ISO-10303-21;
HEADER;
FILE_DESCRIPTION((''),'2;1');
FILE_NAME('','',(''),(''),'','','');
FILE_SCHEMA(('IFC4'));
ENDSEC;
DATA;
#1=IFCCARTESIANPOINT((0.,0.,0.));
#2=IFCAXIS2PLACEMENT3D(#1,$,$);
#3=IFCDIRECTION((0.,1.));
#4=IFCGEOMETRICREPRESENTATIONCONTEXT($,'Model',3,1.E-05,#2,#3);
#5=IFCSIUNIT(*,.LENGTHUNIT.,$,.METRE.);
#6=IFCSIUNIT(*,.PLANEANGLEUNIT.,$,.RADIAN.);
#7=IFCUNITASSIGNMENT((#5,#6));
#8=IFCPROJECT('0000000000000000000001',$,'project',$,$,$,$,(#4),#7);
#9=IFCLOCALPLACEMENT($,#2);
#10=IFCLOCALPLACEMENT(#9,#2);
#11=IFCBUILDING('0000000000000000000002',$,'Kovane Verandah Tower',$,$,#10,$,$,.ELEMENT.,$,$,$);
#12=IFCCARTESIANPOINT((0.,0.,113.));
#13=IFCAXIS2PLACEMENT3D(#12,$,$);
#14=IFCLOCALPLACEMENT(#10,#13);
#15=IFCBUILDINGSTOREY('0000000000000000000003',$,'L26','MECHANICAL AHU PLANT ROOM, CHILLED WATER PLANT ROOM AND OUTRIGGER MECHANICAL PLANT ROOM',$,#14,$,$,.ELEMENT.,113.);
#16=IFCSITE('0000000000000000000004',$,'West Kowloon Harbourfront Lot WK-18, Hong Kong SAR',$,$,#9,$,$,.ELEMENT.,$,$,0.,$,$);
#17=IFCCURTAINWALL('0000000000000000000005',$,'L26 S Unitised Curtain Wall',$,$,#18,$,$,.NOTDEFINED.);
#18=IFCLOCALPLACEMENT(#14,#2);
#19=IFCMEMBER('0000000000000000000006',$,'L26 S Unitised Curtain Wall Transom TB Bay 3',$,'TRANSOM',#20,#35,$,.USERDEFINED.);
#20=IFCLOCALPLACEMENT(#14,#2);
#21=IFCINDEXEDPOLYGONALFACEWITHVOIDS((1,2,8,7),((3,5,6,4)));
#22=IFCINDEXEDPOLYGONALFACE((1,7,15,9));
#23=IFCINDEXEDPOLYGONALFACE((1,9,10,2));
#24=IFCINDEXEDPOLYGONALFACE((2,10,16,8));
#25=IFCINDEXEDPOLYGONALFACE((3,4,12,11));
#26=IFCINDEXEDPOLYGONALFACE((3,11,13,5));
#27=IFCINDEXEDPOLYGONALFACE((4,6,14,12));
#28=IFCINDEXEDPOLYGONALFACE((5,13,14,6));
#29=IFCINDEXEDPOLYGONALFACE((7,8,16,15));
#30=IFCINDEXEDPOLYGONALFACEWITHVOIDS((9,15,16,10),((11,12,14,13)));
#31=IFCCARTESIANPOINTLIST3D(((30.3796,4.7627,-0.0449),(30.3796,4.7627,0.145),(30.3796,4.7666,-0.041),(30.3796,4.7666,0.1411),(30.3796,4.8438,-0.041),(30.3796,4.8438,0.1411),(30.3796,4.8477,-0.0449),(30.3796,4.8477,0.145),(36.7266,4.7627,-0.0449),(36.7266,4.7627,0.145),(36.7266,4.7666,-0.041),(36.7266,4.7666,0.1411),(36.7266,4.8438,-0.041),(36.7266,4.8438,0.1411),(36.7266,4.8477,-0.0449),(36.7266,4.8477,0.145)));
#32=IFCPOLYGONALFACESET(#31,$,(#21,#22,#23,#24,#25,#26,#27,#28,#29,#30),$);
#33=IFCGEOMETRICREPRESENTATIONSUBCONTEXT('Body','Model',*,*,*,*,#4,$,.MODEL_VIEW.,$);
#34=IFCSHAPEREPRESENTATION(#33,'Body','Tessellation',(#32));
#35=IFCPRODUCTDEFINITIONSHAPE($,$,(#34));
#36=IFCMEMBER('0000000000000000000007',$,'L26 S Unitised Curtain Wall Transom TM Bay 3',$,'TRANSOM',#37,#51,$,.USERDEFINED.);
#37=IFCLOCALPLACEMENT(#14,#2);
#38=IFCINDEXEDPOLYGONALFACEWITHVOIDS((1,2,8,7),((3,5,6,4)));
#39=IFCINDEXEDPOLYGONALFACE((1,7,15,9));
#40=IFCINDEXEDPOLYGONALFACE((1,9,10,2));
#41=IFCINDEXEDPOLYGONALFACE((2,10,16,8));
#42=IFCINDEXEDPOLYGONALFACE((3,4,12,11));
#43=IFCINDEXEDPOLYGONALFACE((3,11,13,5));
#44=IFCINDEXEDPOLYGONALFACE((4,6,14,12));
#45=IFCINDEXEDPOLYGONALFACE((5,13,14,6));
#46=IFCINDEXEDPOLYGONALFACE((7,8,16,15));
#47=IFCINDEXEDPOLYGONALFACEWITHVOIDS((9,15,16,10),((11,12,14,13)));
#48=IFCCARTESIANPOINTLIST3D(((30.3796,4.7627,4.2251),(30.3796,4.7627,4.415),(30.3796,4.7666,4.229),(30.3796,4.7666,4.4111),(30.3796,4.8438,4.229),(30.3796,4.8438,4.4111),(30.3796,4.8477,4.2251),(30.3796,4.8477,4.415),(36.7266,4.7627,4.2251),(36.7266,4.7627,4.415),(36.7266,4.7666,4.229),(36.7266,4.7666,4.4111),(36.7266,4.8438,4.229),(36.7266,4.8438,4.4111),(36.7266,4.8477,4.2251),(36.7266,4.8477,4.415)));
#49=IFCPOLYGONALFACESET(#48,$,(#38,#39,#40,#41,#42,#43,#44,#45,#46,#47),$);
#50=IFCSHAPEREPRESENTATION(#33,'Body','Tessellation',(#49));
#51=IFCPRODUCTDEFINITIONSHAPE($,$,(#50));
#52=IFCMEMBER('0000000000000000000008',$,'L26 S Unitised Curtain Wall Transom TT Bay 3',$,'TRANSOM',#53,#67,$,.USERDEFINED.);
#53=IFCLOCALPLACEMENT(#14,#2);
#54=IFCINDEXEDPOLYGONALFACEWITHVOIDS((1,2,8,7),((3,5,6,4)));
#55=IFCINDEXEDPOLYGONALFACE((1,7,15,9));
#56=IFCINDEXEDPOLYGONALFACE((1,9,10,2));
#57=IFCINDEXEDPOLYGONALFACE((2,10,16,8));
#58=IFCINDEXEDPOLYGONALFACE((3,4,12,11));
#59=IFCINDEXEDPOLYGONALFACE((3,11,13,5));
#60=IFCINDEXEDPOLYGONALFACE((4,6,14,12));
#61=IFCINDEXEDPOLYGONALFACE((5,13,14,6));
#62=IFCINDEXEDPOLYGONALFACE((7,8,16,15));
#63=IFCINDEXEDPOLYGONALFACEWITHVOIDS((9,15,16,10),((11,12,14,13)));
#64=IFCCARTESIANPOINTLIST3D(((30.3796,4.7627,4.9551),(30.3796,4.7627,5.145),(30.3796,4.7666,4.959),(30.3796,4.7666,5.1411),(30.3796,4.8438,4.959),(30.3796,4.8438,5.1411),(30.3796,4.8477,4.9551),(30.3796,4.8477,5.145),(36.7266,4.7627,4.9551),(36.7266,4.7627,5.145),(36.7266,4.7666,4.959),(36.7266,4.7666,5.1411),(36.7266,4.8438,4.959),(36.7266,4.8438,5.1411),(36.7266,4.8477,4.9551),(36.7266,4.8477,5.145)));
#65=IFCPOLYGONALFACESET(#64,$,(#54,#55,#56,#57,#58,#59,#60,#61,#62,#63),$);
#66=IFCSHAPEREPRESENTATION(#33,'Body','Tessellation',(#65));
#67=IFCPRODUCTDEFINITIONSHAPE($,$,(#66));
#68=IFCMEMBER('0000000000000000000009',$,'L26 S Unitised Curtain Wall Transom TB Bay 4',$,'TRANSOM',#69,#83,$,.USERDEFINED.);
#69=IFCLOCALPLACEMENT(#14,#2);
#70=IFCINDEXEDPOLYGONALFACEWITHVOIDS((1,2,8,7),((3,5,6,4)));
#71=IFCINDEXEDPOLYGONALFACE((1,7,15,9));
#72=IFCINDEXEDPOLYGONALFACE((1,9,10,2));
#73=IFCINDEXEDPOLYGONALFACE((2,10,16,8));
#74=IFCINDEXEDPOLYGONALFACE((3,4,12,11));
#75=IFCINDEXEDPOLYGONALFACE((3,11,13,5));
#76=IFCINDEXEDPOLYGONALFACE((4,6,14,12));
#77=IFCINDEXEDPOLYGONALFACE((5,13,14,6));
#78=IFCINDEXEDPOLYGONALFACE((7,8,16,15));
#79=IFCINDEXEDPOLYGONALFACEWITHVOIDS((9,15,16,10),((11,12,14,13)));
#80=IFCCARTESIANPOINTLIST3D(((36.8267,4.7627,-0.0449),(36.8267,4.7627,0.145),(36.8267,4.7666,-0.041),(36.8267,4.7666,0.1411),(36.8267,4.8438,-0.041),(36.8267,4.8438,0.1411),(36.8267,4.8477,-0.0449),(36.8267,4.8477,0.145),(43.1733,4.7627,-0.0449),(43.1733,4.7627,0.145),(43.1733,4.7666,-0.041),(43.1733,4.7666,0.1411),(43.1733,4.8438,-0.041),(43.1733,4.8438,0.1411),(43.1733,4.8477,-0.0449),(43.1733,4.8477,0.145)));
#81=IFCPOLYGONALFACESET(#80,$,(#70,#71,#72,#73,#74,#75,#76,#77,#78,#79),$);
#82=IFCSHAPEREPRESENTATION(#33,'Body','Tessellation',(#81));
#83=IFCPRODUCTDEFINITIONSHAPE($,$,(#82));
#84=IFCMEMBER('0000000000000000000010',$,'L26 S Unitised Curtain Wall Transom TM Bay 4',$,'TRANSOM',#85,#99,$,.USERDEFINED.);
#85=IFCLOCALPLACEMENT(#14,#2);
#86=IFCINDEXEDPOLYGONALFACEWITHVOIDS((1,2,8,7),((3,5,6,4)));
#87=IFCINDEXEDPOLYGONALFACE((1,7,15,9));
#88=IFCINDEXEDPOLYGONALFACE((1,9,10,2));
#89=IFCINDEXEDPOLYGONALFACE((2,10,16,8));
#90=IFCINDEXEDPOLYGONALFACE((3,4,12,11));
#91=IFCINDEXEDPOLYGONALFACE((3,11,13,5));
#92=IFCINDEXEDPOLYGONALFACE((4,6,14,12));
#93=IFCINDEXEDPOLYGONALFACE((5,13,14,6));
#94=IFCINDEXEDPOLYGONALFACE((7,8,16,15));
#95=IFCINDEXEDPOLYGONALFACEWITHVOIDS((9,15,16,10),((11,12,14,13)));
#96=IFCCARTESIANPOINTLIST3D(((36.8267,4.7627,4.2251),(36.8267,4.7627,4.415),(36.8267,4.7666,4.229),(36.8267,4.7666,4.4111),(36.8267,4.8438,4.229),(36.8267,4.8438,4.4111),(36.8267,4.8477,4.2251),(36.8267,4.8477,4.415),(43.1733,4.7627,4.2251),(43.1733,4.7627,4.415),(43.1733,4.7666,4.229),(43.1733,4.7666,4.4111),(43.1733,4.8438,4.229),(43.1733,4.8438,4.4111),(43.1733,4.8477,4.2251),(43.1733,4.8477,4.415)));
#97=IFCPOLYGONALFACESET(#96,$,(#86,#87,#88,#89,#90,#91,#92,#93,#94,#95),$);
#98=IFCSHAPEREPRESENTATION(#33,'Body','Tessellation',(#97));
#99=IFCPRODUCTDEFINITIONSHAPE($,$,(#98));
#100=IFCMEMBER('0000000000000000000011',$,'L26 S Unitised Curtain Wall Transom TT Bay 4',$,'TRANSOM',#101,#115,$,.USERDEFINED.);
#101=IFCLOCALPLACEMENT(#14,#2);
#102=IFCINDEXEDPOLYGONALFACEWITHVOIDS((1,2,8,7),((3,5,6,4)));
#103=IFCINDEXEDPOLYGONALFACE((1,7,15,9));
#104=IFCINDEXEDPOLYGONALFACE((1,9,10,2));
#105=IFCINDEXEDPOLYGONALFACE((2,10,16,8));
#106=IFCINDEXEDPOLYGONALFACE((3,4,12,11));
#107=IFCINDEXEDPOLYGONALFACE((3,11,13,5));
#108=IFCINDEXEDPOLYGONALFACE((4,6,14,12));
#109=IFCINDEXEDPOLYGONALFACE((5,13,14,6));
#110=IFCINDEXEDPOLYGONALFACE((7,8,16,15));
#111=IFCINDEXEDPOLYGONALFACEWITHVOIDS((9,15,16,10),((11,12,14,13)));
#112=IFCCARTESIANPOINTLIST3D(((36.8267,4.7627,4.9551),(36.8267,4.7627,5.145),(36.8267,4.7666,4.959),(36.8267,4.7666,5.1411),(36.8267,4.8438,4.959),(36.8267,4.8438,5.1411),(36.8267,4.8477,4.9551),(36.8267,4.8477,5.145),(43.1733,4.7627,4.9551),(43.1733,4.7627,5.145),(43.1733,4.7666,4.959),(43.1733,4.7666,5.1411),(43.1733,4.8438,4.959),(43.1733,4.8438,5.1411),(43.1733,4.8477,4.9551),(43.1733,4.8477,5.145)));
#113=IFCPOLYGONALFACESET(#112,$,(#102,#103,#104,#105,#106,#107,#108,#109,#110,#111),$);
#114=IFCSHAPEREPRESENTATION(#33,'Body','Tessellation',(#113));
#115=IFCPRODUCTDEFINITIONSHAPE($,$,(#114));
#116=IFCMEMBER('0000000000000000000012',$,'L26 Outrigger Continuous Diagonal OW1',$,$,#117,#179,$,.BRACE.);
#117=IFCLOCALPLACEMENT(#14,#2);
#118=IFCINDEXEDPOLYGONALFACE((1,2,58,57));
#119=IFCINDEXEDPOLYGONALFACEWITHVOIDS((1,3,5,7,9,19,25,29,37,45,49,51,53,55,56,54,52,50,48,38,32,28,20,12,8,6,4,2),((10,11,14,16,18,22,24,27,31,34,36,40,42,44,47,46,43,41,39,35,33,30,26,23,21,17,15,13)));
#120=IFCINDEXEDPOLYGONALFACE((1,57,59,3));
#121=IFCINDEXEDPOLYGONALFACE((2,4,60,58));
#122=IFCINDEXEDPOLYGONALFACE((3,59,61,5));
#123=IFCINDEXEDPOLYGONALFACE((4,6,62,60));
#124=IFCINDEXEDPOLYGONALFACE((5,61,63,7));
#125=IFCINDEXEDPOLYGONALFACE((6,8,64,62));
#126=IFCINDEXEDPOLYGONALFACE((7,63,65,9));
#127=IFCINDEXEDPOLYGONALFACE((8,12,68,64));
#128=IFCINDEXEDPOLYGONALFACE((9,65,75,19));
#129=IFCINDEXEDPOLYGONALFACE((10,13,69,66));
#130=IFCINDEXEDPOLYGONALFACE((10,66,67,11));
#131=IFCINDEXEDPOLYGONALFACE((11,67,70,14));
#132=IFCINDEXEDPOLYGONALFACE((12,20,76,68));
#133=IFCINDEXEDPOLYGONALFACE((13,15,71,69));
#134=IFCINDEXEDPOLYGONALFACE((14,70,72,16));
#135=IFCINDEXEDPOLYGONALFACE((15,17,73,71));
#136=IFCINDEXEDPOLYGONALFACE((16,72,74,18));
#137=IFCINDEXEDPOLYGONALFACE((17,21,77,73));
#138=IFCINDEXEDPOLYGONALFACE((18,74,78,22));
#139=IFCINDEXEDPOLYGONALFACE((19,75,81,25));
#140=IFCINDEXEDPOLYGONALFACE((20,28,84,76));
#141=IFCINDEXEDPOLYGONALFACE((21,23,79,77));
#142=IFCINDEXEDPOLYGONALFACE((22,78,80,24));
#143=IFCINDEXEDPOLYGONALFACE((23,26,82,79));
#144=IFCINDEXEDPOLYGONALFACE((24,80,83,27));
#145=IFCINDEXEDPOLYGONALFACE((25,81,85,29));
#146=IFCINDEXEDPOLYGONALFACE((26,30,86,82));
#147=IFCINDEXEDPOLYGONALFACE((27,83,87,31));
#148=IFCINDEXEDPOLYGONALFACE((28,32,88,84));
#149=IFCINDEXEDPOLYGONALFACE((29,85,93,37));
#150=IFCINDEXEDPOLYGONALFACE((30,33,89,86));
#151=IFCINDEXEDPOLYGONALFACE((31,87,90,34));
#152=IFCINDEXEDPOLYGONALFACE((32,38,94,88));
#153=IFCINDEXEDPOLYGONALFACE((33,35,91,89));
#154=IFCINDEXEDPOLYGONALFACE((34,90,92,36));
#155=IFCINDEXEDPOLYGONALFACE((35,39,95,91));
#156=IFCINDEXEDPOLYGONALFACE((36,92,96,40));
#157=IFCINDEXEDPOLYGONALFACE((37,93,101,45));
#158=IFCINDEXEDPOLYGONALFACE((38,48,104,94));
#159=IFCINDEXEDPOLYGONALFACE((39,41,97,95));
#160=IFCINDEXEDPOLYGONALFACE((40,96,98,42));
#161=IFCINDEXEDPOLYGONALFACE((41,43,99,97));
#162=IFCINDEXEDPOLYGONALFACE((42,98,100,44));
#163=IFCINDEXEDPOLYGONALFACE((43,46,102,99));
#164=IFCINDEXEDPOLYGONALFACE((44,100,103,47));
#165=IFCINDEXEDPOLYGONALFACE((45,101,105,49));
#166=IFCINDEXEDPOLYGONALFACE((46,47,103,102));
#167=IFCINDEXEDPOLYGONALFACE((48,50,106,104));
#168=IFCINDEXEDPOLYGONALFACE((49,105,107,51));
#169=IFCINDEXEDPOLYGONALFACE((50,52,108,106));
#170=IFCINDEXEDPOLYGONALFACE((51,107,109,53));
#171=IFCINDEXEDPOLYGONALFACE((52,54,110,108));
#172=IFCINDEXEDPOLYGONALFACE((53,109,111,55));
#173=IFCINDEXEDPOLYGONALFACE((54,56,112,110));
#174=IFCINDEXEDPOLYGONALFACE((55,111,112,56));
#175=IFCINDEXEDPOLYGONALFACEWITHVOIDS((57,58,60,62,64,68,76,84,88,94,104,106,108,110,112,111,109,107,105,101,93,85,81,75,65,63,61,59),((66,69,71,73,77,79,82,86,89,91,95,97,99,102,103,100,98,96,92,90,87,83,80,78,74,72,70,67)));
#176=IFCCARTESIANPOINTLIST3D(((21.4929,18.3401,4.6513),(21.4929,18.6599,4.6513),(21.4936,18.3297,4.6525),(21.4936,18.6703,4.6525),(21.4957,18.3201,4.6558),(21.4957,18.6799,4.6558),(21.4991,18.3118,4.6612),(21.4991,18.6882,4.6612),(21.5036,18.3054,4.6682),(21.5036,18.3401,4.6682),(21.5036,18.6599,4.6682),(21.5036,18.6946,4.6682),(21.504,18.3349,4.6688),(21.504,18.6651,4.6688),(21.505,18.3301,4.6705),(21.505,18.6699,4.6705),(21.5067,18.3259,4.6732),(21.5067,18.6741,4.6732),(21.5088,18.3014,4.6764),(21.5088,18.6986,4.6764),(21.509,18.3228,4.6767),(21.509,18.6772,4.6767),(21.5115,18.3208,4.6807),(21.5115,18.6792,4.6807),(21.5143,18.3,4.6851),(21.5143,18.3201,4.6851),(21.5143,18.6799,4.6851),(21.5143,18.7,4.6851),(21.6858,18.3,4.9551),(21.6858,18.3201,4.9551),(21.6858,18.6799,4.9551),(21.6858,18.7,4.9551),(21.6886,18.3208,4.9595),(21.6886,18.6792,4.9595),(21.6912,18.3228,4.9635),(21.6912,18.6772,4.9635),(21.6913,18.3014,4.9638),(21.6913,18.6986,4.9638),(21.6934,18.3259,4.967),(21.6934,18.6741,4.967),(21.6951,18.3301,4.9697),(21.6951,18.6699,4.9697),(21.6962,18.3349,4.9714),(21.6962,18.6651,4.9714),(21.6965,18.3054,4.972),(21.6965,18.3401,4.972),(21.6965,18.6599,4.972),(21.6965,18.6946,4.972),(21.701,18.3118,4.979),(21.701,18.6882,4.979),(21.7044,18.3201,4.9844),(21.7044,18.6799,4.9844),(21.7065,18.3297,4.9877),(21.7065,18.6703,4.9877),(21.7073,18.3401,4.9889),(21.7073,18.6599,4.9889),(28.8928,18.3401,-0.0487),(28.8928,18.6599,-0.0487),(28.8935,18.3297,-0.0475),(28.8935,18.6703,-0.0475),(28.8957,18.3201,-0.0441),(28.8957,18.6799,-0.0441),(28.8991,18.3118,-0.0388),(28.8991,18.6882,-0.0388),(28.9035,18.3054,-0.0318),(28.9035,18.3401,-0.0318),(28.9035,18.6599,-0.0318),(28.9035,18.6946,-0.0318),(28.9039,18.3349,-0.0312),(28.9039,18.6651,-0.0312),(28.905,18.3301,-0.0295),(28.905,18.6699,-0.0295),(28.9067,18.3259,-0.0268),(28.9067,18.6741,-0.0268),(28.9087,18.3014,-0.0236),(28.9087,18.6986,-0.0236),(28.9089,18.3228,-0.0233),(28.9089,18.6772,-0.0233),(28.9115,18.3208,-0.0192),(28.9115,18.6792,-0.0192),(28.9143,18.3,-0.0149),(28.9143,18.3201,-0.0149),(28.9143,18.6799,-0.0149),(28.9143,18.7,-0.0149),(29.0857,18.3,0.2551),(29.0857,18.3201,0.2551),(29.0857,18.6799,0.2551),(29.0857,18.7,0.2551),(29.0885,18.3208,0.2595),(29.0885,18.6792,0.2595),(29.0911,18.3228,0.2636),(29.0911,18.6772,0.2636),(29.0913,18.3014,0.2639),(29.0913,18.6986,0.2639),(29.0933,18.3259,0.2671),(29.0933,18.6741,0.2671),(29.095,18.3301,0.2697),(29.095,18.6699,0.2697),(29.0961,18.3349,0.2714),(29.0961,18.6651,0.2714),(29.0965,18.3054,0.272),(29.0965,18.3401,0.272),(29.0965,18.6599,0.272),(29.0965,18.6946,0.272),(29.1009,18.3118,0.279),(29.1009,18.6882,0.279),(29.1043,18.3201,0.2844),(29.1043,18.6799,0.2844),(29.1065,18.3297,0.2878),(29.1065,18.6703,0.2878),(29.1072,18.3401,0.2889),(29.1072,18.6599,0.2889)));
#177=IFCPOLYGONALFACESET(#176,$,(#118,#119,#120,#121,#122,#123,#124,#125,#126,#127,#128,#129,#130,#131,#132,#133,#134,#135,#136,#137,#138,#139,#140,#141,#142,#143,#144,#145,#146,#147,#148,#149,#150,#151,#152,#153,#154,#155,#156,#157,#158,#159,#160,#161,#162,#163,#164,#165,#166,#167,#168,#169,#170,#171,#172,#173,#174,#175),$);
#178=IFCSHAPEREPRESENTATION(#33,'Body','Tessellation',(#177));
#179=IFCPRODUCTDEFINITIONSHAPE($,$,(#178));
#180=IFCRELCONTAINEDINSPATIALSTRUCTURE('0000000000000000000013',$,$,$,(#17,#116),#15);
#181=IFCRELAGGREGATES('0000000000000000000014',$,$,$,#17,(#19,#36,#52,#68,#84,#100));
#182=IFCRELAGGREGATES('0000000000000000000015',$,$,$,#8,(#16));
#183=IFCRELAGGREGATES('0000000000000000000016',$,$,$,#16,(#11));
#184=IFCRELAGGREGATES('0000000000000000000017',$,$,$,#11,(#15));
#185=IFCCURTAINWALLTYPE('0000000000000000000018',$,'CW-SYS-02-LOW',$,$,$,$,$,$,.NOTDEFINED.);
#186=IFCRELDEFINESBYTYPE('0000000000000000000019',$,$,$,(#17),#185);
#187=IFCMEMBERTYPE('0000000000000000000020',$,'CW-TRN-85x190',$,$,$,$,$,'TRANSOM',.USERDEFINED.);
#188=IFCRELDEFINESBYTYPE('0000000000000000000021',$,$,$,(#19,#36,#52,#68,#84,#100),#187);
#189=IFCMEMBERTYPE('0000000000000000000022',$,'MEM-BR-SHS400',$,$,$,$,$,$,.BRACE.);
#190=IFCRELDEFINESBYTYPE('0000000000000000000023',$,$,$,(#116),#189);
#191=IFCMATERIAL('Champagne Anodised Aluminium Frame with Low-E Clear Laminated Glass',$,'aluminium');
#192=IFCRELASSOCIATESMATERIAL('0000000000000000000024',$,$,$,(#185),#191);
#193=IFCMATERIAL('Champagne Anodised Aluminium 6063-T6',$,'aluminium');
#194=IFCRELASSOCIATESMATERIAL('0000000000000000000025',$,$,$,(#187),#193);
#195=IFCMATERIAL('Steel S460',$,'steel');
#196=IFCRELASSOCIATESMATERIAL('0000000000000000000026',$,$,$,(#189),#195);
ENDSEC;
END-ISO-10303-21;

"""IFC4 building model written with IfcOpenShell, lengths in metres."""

from ifc_helpers import new_model, si_unit, direction, frame, origin, origin_2d, place, context, subcontext, project, spatial, hollow_rectangle, extrude, material, material_profile, profile_set, type_object, element, aggregate, save


model = new_model("IFC4")

# Units and contexts
model_context = context("Model", 3, precision=1e-05, world=origin(), true_north=direction((0.0, 1.0)))
body_context = subcontext(model_context, "Body", "Model", "MODEL_VIEW")
ifc_project = project(units=[si_unit("LENGTHUNIT", "METRE"), si_unit("PLANEANGLEUNIT", "RADIAN")], contexts=[model_context])

# Site, building, storey
site_placement = place(None, origin())
site = spatial("IfcSite", under=ifc_project, at=site_placement, Name="West Kowloon Harbourfront Lot WK-18, Hong Kong SAR", CompositionType="ELEMENT", RefElevation=0.0)
building_placement = place(site_placement, origin())
building = spatial("IfcBuilding", under=site, at=building_placement, Name="Kovane Verandah Tower", CompositionType="ELEMENT")
storey_placement = place(building_placement, frame((0.0, 0.0, 113.0)))
storey = spatial("IfcBuildingStorey", under=building, at=storey_placement, Name="L26", Description="MECHANICAL AHU PLANT ROOM, CHILLED WATER PLANT ROOM AND OUTRIGGER MECHANICAL PLANT ROOM", CompositionType="ELEMENT", Elevation=113.0)

# Shared definitions
ifc_material_1 = material(Name="Steel S460", Category="steel")

# Curtain wall, members
ifc_material_2 = material(Name="Champagne Anodised Aluminium Frame with Low-E Clear Laminated Glass", Category="aluminium")
curtain_wall_type = type_object("IfcCurtainWallType", Name="CW-SYS-02-LOW", PredefinedType="NOTDEFINED", material=ifc_material_2)
curtain_wall_placement = place(storey_placement, origin())
curtain_wall = element("IfcCurtainWall", 1, at=curtain_wall_placement, inside=storey, type_object=curtain_wall_type, Name="L26 S Unitised Curtain Wall", PredefinedType="NOTDEFINED")
ifc_material_3 = material(Name="Champagne Anodised Aluminium 6063-T6", Category="aluminium")
ifc_material_profile_1 = material_profile(ifc_material_3, hollow_rectangle(XDim=0.085, YDim=0.1899, WallThickness=0.0039, at=origin_2d()), Name="AL85x190x4")
ifc_profile_set_1 = profile_set([ifc_material_profile_1], Name="Champagne Anodised Aluminium 6063-T6")
member_type_1 = type_object("IfcMemberType", Name="CW-TRN-85x190", ElementType="TRANSOM", PredefinedType="USERDEFINED", material=ifc_profile_set_1)
member_1_placement = place(storey_placement, frame((30.3796, 4.8052, 0.05), z_axis=(1.0, 0.0, 0.0), x_axis=(0.0, 1.0, 0.0)))
member_1 = element("IfcMember", 2, at=member_1_placement, type_object=member_type_1, Name="L26 S Unitised Curtain Wall Transom TB Bay 3", ObjectType="TRANSOM", PredefinedType="USERDEFINED", context=body_context, shape_type="SweptSolid", body=[
    extrude(hollow_rectangle(XDim=0.085, YDim=0.1899, WallThickness=0.0039, at=origin_2d()), origin(), (0.0, 0.0, 1.0), 6.3469),
])
member_2_placement = place(storey_placement, frame((30.3796, 4.8052, 4.3201), z_axis=(1.0, 0.0, 0.0), x_axis=(0.0, 1.0, 0.0)))
member_2 = element("IfcMember", 3, at=member_2_placement, type_object=member_type_1, Name="L26 S Unitised Curtain Wall Transom TM Bay 3", ObjectType="TRANSOM", PredefinedType="USERDEFINED", context=body_context, shape_type="SweptSolid", body=[
    extrude(hollow_rectangle(XDim=0.085, YDim=0.1899, WallThickness=0.0039, at=origin_2d()), origin(), (0.0, 0.0, 1.0), 6.3469),
])
member_3_placement = place(storey_placement, frame((30.3796, 4.8052, 5.05), z_axis=(1.0, 0.0, 0.0), x_axis=(0.0, 1.0, 0.0)))
member_3 = element("IfcMember", 4, at=member_3_placement, type_object=member_type_1, Name="L26 S Unitised Curtain Wall Transom TT Bay 3", ObjectType="TRANSOM", PredefinedType="USERDEFINED", context=body_context, shape_type="SweptSolid", body=[
    extrude(hollow_rectangle(XDim=0.085, YDim=0.1899, WallThickness=0.0039, at=origin_2d()), origin(), (0.0, 0.0, 1.0), 6.3469),
])
member_4_placement = place(storey_placement, frame((36.8267, 4.8052, 0.05), z_axis=(1.0, 0.0, 0.0), x_axis=(0.0, 1.0, 0.0)))
member_4 = element("IfcMember", 5, at=member_4_placement, type_object=member_type_1, Name="L26 S Unitised Curtain Wall Transom TB Bay 4", ObjectType="TRANSOM", PredefinedType="USERDEFINED", context=body_context, shape_type="SweptSolid", body=[
    extrude(hollow_rectangle(XDim=0.085, YDim=0.1899, WallThickness=0.0039, at=origin_2d()), origin(), (0.0, 0.0, 1.0), 6.3467),
])
member_5_placement = place(storey_placement, frame((36.8267, 4.8052, 4.3201), z_axis=(1.0, 0.0, 0.0), x_axis=(0.0, 1.0, 0.0)))
member_5 = element("IfcMember", 6, at=member_5_placement, type_object=member_type_1, Name="L26 S Unitised Curtain Wall Transom TM Bay 4", ObjectType="TRANSOM", PredefinedType="USERDEFINED", context=body_context, shape_type="SweptSolid", body=[
    extrude(hollow_rectangle(XDim=0.085, YDim=0.1899, WallThickness=0.0039, at=origin_2d()), origin(), (0.0, 0.0, 1.0), 6.3467),
])
member_6_placement = place(storey_placement, frame((36.8267, 4.8052, 5.05), z_axis=(1.0, 0.0, 0.0), x_axis=(0.0, 1.0, 0.0)))
member_6 = element("IfcMember", 7, at=member_6_placement, type_object=member_type_1, Name="L26 S Unitised Curtain Wall Transom TT Bay 4", ObjectType="TRANSOM", PredefinedType="USERDEFINED", context=body_context, shape_type="SweptSolid", body=[
    extrude(hollow_rectangle(XDim=0.085, YDim=0.1899, WallThickness=0.0039, at=origin_2d()), origin(), (0.0, 0.0, 1.0), 6.3467),
])

# Member
ifc_material_profile_2 = material_profile(ifc_material_1, hollow_rectangle(XDim=0.3999, YDim=0.3999, WallThickness=0.02, InnerFilletRadius=0.02, OuterFilletRadius=0.04, at=origin_2d()), Name="SHS400x400x20")
ifc_profile_set_2 = profile_set([ifc_material_profile_2], Name="Steel S460")
member_type_2 = type_object("IfcMemberType", Name="MEM-BR-SHS400", PredefinedType="BRACE", material=ifc_profile_set_2)
member_7_placement = place(storey_placement, frame((29.0, 18.5, 0.1201), z_axis=(-0.84413, 0.0, 0.536138), x_axis=(0.0, -1.0, 0.0)))
element("IfcMember", 8, at=member_7_placement, inside=storey, type_object=member_type_2, Name="L26 Outrigger Continuous Diagonal OW1", PredefinedType="BRACE", context=body_context, shape_type="SweptSolid", body=[
    extrude(hollow_rectangle(XDim=0.3999, YDim=0.3999, WallThickness=0.02, InnerFilletRadius=0.02, OuterFilletRadius=0.04, at=origin_2d()), origin(), (0.0, 0.0, 1.0), 8.7664),
])

aggregate(curtain_wall, [member_1, member_2, member_3, member_4, member_5, member_6])

save(model, "model.ifc")
